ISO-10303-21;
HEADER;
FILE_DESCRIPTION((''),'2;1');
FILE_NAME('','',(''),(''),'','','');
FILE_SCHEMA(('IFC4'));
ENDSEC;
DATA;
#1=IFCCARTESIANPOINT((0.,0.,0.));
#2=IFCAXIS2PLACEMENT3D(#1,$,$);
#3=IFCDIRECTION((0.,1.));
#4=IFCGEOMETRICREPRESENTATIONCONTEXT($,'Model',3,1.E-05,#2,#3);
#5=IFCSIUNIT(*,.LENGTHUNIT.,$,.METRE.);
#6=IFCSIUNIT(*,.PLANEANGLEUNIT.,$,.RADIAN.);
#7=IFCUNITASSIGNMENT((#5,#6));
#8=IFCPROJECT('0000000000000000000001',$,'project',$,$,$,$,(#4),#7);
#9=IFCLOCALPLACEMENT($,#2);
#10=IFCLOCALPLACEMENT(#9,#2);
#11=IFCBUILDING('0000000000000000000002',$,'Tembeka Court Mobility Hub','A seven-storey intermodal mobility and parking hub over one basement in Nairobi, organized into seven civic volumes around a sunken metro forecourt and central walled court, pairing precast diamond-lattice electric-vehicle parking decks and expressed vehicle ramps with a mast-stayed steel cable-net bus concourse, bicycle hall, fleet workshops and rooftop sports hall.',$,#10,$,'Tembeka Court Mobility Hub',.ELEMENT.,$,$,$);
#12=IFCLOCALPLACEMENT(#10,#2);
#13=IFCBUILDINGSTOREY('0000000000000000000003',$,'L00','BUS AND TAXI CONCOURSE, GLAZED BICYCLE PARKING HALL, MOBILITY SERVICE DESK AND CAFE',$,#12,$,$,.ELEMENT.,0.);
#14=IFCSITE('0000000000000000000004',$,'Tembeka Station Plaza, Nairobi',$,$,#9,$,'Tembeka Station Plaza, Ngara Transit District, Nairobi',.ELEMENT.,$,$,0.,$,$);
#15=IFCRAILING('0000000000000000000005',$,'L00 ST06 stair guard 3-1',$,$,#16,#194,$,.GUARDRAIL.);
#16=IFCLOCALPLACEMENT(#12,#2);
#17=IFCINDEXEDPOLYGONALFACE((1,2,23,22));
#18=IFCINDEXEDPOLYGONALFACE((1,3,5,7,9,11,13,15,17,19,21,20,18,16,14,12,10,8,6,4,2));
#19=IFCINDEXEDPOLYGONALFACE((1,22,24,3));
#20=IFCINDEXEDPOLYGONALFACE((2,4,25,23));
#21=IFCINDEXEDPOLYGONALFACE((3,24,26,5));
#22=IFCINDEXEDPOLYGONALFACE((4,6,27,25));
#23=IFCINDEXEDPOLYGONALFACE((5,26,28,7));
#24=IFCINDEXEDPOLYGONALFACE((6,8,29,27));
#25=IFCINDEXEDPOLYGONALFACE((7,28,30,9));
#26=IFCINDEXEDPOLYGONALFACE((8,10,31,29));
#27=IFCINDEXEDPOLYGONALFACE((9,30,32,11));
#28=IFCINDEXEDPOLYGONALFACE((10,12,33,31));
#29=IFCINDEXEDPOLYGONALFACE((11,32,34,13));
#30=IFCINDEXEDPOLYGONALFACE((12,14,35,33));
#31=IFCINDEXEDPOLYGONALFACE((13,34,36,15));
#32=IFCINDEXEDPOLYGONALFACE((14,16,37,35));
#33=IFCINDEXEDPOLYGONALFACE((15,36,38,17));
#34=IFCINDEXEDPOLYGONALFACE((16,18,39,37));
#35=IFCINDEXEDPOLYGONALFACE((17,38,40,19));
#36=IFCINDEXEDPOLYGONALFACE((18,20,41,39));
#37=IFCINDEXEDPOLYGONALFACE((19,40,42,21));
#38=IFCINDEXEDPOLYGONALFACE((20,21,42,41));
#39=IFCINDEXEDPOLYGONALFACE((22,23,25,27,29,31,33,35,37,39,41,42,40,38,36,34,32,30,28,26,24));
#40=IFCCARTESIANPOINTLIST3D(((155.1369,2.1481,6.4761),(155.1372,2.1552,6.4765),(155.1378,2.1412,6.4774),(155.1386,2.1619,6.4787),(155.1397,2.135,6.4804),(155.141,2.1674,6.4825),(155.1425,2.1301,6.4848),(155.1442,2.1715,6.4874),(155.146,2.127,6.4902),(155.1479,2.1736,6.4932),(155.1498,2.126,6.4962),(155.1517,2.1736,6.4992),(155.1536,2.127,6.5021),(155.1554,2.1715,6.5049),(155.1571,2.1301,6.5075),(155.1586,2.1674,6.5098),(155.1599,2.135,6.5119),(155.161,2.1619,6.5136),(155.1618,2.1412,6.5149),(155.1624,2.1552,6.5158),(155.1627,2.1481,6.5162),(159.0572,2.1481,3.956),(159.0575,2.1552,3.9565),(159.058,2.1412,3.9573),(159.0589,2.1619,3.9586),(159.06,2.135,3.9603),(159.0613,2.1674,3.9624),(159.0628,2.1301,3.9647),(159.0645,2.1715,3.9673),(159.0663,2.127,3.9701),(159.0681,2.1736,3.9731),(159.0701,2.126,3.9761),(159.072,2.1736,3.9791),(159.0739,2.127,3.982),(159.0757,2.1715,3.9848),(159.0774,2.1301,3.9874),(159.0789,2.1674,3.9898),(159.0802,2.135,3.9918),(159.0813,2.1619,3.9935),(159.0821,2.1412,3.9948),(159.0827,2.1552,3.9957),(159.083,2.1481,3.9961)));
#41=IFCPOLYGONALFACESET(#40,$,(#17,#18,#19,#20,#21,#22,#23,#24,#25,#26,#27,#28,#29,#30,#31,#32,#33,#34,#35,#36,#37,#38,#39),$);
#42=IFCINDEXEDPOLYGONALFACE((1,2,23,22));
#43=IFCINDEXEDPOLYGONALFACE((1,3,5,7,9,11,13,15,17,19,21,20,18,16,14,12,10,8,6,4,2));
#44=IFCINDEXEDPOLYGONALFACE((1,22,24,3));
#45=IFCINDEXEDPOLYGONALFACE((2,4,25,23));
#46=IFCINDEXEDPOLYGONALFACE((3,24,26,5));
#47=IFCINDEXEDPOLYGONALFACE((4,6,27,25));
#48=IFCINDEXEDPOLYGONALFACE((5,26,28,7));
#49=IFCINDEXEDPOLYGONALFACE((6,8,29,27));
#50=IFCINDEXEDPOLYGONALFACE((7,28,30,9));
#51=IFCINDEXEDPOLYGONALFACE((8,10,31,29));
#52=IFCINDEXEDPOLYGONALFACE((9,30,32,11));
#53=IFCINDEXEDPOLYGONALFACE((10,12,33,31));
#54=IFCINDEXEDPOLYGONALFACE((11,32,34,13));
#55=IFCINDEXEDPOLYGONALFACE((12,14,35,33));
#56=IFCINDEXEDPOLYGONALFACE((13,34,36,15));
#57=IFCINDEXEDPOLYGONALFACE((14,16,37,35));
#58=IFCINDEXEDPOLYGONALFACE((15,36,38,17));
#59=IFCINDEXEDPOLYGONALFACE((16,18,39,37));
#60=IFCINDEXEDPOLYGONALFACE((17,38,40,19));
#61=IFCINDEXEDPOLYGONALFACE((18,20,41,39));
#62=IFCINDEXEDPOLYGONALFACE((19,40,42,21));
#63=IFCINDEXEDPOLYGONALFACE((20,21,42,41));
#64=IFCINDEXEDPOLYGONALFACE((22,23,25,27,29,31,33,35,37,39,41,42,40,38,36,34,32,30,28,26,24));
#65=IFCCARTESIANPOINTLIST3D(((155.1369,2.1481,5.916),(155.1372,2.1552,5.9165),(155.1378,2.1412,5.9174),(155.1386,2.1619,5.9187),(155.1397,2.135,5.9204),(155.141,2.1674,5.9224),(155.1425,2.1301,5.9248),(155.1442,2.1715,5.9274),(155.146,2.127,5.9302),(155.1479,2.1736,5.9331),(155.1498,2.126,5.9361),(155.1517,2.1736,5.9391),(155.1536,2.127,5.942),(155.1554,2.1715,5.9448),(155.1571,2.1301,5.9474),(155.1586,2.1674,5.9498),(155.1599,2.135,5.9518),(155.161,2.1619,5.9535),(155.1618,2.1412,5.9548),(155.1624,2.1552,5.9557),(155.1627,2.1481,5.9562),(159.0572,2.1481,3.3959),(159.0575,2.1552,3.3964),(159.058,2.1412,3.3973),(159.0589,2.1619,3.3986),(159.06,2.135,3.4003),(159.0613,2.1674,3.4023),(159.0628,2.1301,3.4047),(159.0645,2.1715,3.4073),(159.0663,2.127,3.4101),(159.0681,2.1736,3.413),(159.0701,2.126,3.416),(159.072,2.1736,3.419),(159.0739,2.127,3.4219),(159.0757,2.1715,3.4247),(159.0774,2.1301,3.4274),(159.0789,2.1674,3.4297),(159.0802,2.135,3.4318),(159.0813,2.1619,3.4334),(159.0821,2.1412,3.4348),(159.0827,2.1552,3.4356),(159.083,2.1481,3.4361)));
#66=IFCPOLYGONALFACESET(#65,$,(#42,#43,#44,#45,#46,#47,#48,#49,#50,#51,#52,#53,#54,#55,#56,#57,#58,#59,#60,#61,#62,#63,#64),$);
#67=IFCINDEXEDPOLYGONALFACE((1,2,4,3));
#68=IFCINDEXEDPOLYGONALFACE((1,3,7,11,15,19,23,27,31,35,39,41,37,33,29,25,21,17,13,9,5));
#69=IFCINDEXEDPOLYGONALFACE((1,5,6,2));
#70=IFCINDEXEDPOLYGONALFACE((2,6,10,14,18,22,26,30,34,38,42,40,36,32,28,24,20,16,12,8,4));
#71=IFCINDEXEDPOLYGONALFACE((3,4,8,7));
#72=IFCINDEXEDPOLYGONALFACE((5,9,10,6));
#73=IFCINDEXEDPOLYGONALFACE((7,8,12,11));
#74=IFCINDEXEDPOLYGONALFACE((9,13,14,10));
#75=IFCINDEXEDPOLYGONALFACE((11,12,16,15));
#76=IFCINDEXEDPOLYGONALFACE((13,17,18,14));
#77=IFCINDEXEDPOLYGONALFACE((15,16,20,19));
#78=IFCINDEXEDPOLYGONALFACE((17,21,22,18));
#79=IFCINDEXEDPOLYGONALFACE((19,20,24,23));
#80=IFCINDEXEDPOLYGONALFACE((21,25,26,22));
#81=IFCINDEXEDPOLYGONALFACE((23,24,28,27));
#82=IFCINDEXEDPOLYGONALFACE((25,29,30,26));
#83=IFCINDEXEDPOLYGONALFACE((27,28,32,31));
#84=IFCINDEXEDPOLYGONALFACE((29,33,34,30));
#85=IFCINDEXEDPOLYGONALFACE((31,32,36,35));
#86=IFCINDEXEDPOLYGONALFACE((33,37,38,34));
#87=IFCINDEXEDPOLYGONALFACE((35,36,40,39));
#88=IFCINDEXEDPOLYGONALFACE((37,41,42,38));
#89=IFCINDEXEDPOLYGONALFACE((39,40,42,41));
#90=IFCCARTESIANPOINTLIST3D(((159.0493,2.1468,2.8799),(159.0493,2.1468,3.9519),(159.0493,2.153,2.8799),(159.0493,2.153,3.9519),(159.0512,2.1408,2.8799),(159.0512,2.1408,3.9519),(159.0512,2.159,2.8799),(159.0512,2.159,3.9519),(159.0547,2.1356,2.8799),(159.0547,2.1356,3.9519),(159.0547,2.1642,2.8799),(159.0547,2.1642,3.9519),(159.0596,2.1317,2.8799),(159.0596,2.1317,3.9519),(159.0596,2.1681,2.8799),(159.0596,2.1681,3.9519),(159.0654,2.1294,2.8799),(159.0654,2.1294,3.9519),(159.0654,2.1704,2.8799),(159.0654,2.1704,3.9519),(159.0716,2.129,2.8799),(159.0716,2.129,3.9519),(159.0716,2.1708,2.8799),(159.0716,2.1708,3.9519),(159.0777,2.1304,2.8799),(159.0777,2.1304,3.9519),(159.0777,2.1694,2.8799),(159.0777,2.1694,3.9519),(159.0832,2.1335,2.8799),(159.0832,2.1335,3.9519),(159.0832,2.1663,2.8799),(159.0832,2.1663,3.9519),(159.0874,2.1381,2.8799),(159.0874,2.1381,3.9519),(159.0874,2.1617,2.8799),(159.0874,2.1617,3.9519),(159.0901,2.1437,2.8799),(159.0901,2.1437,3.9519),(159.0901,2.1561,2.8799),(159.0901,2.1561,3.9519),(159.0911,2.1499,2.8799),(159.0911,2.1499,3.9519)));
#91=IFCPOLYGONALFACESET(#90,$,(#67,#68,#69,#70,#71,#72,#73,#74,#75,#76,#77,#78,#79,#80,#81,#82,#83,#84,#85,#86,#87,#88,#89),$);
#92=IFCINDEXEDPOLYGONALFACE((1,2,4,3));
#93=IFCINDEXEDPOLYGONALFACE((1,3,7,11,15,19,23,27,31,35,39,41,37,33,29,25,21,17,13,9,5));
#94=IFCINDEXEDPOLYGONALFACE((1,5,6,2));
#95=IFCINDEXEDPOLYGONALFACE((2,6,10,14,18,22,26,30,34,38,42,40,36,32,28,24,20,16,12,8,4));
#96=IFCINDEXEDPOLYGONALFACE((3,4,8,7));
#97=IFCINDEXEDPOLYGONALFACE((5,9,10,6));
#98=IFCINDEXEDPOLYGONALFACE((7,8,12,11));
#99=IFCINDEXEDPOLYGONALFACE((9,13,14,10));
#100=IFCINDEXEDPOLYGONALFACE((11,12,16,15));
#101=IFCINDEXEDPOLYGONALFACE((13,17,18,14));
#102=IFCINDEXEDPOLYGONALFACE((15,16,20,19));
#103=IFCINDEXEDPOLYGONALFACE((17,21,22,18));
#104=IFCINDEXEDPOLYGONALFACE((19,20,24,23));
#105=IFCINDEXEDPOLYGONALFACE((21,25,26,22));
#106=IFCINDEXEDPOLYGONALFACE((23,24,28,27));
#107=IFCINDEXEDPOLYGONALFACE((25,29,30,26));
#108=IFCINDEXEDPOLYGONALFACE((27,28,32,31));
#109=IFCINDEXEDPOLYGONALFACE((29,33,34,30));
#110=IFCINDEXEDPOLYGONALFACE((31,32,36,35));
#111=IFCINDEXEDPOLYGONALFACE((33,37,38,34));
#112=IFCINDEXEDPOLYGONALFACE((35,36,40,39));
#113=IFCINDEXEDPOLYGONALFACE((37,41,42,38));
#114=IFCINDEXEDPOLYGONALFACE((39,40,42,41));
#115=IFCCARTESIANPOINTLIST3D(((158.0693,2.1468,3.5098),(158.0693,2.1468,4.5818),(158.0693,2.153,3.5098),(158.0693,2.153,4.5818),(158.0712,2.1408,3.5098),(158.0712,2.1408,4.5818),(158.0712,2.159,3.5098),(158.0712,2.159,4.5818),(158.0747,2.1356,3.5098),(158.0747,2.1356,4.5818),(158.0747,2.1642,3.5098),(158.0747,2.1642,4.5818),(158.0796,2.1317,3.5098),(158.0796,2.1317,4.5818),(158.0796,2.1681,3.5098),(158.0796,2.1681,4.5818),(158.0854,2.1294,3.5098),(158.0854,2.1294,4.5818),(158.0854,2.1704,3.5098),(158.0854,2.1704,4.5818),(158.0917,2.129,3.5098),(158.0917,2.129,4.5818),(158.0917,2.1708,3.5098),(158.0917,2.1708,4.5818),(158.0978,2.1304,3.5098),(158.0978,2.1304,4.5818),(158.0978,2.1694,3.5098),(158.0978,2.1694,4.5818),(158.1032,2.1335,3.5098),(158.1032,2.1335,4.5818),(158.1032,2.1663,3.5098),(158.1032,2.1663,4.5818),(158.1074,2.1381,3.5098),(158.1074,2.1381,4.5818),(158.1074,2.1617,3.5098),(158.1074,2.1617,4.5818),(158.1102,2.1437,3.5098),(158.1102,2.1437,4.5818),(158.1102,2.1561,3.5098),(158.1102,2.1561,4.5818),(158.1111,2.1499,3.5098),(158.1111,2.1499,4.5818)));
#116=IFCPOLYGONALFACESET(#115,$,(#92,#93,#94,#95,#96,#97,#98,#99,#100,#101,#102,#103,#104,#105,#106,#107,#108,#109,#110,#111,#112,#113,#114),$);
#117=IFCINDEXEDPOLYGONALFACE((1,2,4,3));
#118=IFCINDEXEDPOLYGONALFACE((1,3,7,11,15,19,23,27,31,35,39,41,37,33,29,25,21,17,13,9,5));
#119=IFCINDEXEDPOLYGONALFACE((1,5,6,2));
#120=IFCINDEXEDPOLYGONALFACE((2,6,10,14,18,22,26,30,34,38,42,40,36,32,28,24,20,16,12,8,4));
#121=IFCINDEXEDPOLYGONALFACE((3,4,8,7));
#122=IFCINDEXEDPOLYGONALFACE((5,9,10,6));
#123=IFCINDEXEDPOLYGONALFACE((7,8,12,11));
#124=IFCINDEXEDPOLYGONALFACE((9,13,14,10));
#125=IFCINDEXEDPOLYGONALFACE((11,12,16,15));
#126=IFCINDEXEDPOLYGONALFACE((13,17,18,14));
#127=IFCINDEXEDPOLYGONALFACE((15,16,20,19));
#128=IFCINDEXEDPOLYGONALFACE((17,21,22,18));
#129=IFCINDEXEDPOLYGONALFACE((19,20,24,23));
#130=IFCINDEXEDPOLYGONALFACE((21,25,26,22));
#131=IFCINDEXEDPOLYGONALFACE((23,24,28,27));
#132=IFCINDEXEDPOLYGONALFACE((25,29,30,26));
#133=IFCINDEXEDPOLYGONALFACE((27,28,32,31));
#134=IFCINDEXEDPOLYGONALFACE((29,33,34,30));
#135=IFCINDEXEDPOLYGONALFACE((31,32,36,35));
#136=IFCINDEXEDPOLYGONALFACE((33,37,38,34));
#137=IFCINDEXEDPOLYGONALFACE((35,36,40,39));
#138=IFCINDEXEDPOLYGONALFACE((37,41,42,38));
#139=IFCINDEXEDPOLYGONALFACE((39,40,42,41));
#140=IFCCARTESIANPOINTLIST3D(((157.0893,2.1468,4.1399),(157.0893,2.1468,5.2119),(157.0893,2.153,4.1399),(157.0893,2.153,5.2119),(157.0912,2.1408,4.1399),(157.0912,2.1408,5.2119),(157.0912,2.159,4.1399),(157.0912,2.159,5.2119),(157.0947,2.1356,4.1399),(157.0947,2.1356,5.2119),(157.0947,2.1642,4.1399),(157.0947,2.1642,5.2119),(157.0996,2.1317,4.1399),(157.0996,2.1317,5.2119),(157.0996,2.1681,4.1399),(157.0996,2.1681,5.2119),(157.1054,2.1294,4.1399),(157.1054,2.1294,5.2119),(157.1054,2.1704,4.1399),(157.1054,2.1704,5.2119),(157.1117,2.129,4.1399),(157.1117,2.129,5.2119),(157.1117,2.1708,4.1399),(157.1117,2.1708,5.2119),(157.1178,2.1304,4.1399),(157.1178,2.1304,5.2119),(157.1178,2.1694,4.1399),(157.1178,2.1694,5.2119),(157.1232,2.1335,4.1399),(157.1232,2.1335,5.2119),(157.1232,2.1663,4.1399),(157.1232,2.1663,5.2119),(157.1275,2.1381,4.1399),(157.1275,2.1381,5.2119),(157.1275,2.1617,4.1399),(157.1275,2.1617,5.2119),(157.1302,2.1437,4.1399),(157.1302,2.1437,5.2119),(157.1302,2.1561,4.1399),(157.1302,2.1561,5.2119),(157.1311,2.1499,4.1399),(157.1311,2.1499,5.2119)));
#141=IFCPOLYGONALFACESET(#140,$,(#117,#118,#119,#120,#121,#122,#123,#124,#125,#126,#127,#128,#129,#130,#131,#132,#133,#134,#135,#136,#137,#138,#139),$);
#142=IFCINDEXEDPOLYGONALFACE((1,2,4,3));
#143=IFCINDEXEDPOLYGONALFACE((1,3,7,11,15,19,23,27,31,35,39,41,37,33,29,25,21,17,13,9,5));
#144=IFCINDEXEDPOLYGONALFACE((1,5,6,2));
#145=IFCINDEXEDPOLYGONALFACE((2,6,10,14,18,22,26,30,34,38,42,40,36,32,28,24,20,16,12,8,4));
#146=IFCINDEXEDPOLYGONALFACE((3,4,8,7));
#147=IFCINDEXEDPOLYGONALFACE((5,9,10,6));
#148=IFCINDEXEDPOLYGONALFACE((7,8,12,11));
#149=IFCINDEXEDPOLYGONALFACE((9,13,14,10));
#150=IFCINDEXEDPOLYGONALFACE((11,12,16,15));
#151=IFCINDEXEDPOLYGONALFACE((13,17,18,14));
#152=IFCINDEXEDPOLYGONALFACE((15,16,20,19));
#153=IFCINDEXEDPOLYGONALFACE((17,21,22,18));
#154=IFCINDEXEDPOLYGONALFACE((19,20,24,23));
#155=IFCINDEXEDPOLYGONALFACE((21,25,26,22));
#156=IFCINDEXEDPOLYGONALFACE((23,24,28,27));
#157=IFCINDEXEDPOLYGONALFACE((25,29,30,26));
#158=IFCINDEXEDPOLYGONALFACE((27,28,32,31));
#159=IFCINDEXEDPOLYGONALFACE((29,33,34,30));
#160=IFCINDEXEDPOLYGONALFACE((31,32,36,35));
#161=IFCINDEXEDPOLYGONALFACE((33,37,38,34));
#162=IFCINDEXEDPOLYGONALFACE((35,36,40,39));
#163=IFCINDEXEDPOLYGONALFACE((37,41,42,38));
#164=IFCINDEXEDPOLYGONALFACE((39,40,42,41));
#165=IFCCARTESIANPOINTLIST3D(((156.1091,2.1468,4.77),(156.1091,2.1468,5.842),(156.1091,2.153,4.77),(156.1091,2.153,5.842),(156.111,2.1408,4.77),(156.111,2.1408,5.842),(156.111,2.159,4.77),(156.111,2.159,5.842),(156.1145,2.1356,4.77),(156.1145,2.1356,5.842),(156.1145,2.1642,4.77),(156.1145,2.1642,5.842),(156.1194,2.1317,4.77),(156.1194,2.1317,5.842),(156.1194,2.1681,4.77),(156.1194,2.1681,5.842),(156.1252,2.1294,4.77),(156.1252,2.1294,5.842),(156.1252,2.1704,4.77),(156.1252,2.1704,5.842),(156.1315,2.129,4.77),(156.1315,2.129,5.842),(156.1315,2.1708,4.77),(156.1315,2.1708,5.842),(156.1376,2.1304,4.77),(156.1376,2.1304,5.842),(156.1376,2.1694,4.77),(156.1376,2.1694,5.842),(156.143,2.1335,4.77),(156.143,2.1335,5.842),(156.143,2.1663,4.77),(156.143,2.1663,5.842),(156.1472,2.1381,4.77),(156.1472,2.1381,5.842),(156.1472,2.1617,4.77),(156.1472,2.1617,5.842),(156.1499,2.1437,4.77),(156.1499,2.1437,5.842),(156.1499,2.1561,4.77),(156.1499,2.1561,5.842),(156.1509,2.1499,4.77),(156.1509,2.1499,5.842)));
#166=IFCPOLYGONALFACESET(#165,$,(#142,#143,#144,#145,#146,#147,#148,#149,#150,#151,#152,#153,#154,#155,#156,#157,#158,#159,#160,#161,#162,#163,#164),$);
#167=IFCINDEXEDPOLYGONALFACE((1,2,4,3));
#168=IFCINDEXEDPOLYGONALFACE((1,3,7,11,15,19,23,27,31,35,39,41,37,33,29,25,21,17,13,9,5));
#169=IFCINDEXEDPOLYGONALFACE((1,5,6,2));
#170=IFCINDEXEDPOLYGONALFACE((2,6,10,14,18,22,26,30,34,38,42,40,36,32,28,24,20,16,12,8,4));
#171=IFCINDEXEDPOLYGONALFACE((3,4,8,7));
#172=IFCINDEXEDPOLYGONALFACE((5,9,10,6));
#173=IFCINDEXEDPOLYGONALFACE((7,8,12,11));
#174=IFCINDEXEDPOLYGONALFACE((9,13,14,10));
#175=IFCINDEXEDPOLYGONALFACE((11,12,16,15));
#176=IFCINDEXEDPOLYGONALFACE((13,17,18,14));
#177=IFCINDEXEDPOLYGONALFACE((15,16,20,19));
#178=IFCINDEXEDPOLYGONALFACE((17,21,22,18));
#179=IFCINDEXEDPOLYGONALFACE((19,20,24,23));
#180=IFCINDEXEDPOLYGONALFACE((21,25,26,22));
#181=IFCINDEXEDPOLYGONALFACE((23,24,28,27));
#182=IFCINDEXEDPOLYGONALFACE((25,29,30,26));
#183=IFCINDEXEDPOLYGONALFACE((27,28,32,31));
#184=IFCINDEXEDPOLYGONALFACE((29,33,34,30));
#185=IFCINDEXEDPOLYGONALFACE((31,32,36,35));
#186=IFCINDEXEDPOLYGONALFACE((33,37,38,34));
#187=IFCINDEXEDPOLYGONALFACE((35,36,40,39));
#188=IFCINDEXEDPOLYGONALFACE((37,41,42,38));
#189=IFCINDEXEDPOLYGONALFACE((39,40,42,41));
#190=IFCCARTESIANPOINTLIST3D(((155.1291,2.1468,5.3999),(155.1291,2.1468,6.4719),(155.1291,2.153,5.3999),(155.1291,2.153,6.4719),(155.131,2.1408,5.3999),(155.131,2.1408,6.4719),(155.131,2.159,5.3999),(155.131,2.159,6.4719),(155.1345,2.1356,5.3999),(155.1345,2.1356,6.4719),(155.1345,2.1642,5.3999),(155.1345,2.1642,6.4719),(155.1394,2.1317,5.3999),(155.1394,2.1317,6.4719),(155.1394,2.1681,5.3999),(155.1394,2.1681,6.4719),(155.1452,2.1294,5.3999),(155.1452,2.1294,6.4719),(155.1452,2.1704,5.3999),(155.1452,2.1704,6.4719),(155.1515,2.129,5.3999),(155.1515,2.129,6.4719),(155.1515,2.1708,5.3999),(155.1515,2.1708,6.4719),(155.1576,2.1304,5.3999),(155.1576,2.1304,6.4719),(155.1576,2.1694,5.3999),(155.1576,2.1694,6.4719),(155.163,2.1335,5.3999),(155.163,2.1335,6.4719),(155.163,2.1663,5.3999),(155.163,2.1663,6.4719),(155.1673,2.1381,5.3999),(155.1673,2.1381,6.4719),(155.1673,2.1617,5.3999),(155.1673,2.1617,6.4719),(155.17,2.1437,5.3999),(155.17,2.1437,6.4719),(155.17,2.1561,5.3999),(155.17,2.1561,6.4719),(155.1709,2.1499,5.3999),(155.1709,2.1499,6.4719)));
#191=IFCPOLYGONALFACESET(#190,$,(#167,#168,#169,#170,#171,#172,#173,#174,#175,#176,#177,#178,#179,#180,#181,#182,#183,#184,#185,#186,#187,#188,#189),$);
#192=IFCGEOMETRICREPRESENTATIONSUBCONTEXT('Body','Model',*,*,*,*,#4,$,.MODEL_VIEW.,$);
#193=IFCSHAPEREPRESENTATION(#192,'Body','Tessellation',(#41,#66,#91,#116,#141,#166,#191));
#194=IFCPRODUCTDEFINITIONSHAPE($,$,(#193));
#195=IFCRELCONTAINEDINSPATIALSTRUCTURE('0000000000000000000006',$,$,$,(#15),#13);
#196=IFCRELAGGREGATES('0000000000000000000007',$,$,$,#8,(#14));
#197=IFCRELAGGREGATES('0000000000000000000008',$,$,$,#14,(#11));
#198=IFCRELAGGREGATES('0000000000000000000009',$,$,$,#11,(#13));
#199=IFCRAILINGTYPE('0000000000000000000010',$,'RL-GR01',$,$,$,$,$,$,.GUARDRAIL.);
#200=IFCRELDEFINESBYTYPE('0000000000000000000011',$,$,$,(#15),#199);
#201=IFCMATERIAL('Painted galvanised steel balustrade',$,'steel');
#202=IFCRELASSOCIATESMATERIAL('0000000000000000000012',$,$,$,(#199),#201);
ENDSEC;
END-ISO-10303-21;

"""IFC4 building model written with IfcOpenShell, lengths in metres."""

from ifc_helpers import new_model, si_unit, direction, frame, origin, origin_2d, place, context, subcontext, project, spatial, circle, extrude, material, type_object, element, save


model = new_model("IFC4")

# Units and contexts
model_context = context("Model", 3, precision=1e-05, world=origin(), true_north=direction((0.0, 1.0)))
body_context = subcontext(model_context, "Body", "Model", "MODEL_VIEW")
ifc_project = project(units=[si_unit("LENGTHUNIT", "METRE"), si_unit("PLANEANGLEUNIT", "RADIAN")], contexts=[model_context])

# Site, building, storey
site_placement = place(None, origin())
site = spatial("IfcSite", under=ifc_project, at=site_placement, Name="Tembeka Station Plaza, Nairobi", LongName="Tembeka Station Plaza, Ngara Transit District, Nairobi", CompositionType="ELEMENT", RefElevation=0.0)
building_placement = place(site_placement, origin())
building = spatial("IfcBuilding", under=site, at=building_placement, Name="Tembeka Court Mobility Hub", Description="A seven-storey intermodal mobility and parking hub over one basement in Nairobi, organized into seven civic volumes around a sunken metro forecourt and central walled court, pairing precast diamond-lattice electric-vehicle parking decks and expressed vehicle ramps with a mast-stayed steel cable-net bus concourse, bicycle hall, fleet workshops and rooftop sports hall.", LongName="Tembeka Court Mobility Hub", CompositionType="ELEMENT")
storey_placement = place(building_placement, origin())
storey = spatial("IfcBuildingStorey", under=building, at=storey_placement, Name="L00", Description="BUS AND TAXI CONCOURSE, GLAZED BICYCLE PARKING HALL, MOBILITY SERVICE DESK AND CAFE", CompositionType="ELEMENT", Elevation=0.0)

# Railing
ifc_material_1 = material(Name="Painted galvanised steel balustrade", Category="steel")
railing_type_1 = type_object("IfcRailingType", Name="RL-GR01", PredefinedType="GUARDRAIL", material=ifc_material_1)
railing_1_placement = place(storey_placement, frame((159.0701, 2.1499, 2.8799)))
element("IfcRailing", 1, at=railing_1_placement, inside=storey, type_object=railing_type_1, Name="L00 ST06 stair guard 3-1", PredefinedType="GUARDRAIL", context=body_context, shape_type="SweptSolid", body=[
    extrude(circle(Radius=0.0239, at=origin_2d()), frame((0.0, 0.0, 1.0962), z_axis=(-0.841187, 0.0, 0.540744), x_axis=(0.0, -1.0, 0.0)), (0.0, 0.0, 1.0), 4.6604),
    extrude(circle(Radius=0.0239, at=origin_2d()), frame((0.0, 0.0, 0.5361), z_axis=(-0.841187, 0.0, 0.540744), x_axis=(0.0, -1.0, 0.0)), (0.0, 0.0, 1.0), 4.6604),
    extrude(circle(Radius=0.021, at=origin_2d()), origin(), (0.0, 0.0, 1.0), 1.072),
    extrude(circle(Radius=0.021, at=origin_2d()), frame((-0.98, 0.0, 0.6299)), (0.0, 0.0, 1.0), 1.072),
    extrude(circle(Radius=0.021, at=origin_2d()), frame((-1.96, 0.0, 1.26)), (0.0, 0.0, 1.0), 1.072),
    extrude(circle(Radius=0.021, at=origin_2d()), frame((-2.9402, 0.0, 1.8901)), (0.0, 0.0, 1.0), 1.072),
    extrude(circle(Radius=0.021, at=origin_2d()), frame((-3.9202, 0.0, 2.52)), (0.0, 0.0, 1.0), 1.072),
])

save(model, "model.ifc")
